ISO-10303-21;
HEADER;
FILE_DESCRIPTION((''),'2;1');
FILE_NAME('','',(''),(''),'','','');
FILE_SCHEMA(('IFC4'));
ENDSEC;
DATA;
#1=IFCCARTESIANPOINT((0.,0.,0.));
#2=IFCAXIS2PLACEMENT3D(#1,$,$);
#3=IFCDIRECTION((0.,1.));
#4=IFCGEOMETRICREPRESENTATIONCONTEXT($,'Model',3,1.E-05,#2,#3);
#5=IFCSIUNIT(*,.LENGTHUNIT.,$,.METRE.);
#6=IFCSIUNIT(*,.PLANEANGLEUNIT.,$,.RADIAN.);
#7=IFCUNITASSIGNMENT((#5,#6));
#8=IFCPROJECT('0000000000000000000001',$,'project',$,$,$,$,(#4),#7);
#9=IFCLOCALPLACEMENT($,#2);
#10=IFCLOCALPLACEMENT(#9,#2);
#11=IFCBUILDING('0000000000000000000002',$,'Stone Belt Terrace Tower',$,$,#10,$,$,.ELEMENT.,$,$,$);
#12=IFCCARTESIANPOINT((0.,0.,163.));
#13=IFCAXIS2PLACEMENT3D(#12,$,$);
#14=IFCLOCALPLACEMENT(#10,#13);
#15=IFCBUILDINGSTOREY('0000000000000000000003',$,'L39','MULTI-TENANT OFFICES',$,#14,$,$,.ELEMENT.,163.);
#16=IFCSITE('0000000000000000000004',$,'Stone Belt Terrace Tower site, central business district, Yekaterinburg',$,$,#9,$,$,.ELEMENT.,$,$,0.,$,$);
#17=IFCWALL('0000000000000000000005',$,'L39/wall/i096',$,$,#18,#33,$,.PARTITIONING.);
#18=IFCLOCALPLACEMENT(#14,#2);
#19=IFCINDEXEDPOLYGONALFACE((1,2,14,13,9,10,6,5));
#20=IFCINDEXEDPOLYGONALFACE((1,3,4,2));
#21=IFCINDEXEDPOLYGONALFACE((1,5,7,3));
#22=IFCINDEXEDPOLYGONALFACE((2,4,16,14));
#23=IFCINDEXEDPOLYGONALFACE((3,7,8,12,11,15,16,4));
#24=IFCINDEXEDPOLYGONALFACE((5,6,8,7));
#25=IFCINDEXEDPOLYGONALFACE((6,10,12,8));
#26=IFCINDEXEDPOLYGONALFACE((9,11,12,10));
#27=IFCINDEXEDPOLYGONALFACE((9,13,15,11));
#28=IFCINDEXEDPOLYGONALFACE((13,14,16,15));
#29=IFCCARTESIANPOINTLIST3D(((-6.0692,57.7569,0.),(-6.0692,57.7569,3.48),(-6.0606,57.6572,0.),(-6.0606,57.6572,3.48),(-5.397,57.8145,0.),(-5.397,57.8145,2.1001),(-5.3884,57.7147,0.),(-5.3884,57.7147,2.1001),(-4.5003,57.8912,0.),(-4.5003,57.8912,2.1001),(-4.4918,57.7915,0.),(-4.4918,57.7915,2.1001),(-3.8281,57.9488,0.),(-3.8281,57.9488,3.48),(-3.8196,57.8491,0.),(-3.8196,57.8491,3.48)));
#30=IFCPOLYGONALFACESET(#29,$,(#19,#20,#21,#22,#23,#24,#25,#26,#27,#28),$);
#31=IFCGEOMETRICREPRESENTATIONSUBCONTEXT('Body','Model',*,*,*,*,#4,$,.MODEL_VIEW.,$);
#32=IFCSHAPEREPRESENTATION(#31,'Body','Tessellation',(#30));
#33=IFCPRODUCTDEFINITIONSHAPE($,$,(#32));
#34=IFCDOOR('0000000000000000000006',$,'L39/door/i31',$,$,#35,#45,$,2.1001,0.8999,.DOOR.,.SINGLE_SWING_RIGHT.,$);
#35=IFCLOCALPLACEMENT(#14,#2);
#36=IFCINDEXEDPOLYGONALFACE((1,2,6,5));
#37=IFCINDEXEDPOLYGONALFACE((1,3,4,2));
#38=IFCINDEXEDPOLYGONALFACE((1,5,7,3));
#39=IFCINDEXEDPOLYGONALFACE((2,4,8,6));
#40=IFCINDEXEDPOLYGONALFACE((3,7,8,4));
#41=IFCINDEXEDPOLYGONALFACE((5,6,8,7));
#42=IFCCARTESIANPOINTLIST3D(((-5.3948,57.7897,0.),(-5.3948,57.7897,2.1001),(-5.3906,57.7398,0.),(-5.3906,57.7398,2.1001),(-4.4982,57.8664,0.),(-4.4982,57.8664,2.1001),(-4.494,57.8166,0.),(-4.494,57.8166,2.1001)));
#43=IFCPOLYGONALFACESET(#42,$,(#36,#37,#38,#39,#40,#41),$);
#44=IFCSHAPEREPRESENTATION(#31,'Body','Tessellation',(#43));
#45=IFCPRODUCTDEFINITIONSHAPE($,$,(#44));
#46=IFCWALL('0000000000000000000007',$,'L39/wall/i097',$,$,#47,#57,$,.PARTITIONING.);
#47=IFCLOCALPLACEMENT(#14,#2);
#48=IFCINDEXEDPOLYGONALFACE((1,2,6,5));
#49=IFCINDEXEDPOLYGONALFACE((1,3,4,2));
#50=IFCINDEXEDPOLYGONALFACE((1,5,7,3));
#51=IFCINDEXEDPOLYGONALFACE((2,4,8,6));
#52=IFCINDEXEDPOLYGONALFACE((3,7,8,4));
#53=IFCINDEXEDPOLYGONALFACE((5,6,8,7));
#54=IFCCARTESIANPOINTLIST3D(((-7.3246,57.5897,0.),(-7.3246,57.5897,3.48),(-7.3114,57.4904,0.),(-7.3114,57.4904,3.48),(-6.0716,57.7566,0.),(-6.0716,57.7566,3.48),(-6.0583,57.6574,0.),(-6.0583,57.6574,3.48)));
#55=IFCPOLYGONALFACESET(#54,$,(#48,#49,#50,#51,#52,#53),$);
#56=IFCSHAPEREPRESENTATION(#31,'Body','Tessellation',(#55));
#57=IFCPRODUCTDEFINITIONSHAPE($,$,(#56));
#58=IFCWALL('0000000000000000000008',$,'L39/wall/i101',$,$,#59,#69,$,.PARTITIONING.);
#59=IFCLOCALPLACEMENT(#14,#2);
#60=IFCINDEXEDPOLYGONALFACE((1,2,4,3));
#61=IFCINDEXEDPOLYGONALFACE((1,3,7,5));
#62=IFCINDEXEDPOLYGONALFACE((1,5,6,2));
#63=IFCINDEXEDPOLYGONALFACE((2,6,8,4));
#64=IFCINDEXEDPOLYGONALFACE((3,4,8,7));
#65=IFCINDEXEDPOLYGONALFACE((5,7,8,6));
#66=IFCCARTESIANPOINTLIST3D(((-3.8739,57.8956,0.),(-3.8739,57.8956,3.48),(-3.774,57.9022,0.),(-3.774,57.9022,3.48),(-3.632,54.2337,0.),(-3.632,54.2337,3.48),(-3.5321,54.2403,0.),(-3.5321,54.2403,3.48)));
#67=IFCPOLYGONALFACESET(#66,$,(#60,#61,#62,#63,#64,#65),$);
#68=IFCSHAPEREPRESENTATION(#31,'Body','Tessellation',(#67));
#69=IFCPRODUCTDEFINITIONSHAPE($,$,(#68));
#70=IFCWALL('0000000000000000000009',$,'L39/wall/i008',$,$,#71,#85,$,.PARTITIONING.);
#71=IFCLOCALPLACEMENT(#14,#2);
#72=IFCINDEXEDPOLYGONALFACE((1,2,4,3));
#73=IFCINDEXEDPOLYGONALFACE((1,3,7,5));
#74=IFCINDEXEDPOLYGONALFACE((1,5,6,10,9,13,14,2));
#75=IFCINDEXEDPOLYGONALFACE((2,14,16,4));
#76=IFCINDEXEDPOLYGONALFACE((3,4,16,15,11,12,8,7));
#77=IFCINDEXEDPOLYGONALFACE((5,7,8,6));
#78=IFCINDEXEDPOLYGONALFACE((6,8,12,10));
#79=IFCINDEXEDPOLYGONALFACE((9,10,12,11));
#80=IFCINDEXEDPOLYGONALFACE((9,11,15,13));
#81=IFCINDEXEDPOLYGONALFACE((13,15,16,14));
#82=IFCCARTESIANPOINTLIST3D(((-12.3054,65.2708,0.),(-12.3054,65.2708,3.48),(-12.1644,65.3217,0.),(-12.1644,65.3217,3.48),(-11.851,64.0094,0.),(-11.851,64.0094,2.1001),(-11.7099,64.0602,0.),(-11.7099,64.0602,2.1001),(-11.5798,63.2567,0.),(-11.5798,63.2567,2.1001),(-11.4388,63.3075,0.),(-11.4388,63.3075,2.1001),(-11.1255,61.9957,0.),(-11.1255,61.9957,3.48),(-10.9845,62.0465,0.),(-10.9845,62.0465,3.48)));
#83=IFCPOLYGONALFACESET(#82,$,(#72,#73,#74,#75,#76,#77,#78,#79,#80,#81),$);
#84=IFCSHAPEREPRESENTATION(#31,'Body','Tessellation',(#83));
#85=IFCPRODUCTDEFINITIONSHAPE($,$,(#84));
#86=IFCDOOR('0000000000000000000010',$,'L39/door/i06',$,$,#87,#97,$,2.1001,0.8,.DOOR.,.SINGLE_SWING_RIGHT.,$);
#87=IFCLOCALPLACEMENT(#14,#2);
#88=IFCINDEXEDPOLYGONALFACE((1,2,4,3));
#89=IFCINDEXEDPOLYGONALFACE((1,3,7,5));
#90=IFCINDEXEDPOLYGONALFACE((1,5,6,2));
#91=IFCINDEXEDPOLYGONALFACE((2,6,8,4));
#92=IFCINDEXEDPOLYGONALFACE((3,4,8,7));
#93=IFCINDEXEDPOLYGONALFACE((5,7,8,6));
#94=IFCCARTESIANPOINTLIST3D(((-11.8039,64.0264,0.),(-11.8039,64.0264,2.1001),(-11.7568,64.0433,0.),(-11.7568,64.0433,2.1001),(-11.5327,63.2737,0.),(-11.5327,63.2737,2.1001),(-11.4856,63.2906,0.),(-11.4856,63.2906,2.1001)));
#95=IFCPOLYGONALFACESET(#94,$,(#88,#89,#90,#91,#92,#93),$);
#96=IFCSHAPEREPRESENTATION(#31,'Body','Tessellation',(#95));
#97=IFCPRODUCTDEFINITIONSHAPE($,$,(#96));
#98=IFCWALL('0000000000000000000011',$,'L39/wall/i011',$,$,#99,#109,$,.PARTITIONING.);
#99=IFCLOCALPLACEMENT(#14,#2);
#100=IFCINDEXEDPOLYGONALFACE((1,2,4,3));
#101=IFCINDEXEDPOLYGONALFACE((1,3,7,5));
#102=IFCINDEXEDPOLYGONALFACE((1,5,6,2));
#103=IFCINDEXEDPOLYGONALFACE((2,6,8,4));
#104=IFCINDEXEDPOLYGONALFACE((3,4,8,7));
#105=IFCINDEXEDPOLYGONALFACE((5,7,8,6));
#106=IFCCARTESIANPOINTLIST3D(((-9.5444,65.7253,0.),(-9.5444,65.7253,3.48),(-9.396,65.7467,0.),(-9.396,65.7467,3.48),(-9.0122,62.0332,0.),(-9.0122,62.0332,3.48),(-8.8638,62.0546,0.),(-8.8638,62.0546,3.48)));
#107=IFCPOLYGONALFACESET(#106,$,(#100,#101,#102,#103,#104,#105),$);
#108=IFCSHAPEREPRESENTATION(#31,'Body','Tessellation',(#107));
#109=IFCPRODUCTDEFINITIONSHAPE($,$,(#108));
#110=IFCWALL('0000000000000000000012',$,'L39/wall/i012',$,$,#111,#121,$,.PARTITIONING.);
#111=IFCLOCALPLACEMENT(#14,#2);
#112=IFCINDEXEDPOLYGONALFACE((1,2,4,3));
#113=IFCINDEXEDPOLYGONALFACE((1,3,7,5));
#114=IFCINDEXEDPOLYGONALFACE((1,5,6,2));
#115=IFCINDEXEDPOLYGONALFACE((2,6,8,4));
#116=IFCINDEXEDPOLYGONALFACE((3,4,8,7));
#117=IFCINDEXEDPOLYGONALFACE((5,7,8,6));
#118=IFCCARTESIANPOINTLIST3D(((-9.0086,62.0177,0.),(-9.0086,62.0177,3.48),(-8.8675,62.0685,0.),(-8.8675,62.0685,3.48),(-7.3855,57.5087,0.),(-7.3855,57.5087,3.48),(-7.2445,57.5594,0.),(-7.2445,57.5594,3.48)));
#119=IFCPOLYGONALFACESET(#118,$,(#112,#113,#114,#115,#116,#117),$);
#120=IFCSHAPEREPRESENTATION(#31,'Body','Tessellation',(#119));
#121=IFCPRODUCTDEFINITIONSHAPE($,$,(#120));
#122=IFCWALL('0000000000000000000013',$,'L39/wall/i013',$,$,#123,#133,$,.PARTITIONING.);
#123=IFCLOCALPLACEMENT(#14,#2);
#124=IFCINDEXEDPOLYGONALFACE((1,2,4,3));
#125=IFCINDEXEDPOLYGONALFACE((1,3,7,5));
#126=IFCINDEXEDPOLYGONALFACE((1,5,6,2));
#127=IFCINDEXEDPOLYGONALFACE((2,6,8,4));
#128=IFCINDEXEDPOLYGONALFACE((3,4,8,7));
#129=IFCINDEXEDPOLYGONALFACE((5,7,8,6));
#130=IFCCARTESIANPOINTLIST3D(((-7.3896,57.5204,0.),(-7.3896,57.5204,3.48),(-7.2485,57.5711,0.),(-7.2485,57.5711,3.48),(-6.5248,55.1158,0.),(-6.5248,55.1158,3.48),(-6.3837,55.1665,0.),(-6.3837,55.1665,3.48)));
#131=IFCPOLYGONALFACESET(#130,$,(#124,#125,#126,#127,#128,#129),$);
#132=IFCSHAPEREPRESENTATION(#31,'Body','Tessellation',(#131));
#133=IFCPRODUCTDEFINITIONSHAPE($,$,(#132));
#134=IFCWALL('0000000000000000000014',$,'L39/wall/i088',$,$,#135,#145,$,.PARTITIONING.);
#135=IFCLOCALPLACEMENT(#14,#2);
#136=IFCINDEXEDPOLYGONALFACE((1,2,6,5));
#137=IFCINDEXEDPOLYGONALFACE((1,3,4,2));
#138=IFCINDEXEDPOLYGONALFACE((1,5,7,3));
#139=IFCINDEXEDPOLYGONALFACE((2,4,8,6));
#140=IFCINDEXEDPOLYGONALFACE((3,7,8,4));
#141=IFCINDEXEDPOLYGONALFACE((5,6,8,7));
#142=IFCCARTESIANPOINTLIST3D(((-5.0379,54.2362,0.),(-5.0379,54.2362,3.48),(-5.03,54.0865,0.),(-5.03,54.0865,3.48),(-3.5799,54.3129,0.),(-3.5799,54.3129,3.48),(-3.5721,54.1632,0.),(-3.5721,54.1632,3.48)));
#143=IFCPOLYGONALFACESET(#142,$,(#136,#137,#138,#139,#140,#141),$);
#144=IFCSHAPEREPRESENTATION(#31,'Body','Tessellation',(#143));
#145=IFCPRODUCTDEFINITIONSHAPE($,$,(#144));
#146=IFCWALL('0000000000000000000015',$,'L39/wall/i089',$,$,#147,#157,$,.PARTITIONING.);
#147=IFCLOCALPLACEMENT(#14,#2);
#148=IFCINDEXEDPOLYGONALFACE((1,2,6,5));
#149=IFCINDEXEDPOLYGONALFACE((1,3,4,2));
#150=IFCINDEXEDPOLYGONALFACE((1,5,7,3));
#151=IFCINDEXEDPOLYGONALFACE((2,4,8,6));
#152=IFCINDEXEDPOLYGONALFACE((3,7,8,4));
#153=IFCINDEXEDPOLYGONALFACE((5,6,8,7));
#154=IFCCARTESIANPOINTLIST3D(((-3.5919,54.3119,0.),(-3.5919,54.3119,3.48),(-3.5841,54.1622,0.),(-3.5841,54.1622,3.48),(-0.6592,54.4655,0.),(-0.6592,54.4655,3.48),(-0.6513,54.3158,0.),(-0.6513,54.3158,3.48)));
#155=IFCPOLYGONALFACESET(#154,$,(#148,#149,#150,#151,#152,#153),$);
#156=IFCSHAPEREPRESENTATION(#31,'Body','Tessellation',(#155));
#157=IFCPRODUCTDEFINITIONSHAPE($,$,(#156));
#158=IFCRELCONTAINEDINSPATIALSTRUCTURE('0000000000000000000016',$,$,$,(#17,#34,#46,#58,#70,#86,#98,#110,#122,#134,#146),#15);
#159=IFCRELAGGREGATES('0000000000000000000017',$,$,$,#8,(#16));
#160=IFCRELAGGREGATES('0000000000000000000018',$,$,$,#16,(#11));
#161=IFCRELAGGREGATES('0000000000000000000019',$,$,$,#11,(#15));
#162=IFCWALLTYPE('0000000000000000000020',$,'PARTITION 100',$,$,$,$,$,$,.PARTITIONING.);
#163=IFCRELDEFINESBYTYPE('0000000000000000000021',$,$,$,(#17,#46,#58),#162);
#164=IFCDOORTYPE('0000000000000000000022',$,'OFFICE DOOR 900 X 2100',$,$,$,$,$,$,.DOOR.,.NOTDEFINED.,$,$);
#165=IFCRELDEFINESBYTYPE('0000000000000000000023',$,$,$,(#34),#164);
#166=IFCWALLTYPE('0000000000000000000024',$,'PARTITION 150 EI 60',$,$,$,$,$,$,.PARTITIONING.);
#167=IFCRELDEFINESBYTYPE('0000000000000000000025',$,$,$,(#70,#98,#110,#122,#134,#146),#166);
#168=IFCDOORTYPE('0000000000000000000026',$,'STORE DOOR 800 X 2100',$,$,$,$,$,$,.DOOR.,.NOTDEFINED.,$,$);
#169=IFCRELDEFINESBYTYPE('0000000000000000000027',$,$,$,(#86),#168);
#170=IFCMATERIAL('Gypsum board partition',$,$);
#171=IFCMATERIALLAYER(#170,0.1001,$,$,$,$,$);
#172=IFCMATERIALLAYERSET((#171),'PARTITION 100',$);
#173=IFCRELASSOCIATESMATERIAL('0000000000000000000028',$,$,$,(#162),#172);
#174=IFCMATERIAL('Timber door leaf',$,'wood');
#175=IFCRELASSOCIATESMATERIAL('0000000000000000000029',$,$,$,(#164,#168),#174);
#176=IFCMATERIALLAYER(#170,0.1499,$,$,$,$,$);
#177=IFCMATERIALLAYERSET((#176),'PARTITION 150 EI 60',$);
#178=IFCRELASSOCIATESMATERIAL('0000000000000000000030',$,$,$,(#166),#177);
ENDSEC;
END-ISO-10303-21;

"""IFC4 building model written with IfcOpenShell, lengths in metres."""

from ifc_helpers import new_model, si_unit, direction, frame, frame_2d, origin, place, context, subcontext, project, spatial, rectangle, extrude, material, layer, layer_set, type_object, element, fill, save


model = new_model("IFC4")

# Units and contexts
model_context = context("Model", 3, precision=1e-05, world=origin(), true_north=direction((0.0, 1.0)))
body_context = subcontext(model_context, "Body", "Model", "MODEL_VIEW")
ifc_project = project(units=[si_unit("LENGTHUNIT", "METRE"), si_unit("PLANEANGLEUNIT", "RADIAN")], contexts=[model_context])

# Site, building, storey
site_placement = place(None, origin())
site = spatial("IfcSite", under=ifc_project, at=site_placement, Name="Stone Belt Terrace Tower site, central business district, Yekaterinburg", CompositionType="ELEMENT", RefElevation=0.0)
building_placement = place(site_placement, origin())
building = spatial("IfcBuilding", under=site, at=building_placement, Name="Stone Belt Terrace Tower", CompositionType="ELEMENT")
storey_placement = place(building_placement, frame((0.0, 0.0, 163.0)))
storey = spatial("IfcBuildingStorey", under=building, at=storey_placement, Name="L39", Description="MULTI-TENANT OFFICES", CompositionType="ELEMENT", Elevation=163.0)

# Shared definitions
ifc_material_1 = material(Name="Timber door leaf", Category="wood")

# Wall, opening, door
ifc_material_2 = material(Name="Gypsum board partition")
ifc_layer_1 = layer(ifc_material_2, 0.1001)
ifc_layer_set_1 = layer_set([ifc_layer_1], Name="PARTITION 100")
wall_type_1 = type_object("IfcWallType", Name="PARTITION 100", PredefinedType="PARTITIONING", material=ifc_layer_set_1)
wall_1_placement = place(storey_placement, frame((-3.824, 57.8989, 0.0), z_axis=(0.0, 0.0, 1.0), x_axis=(-0.996354, -0.085318, 0.0)))
wall_1 = element("IfcWall", 1, at=wall_1_placement, inside=storey, type_object=wall_type_1, Name="L39/wall/i096", PredefinedType="PARTITIONING", context=body_context, shape_type="SweptSolid", body=[
    extrude(rectangle(XDim=2.2493, YDim=0.1001, at=frame_2d((1.1245, 0.0))), origin(), (0.0, 0.0, 1.0), 3.48),
])
opening_1_placement = place(wall_1_placement, frame((0.6746, 0.0, 0.0)))
opening_1 = element("IfcOpeningElement", 2, at=opening_1_placement, cuts=wall_1, PredefinedType="OPENING", context=body_context, shape_type="SweptSolid", body=[
    extrude(rectangle(XDim=0.8999, YDim=2.1001, at=frame_2d((0.45, 1.05))), frame((0.0, 0.0601, 0.0), z_axis=(0.0, -1.0, 0.0), x_axis=(1.0, 0.0, 0.0)), (0.0, 0.0, 1.0), 0.1201),
])
door_type_1 = type_object("IfcDoorType", Name="OFFICE DOOR 900 X 2100", OperationType="NOTDEFINED", PredefinedType="DOOR", material=ifc_material_1)
door_1_placement = place(opening_1_placement, origin())
door_1 = element("IfcDoor", 3, at=door_1_placement, inside=storey, type_object=door_type_1, Name="L39/door/i31", OperationType="SINGLE_SWING_RIGHT", OverallHeight=2.1001, OverallWidth=0.8999, PredefinedType="DOOR", context=body_context, shape_type="SweptSolid", body=[
    extrude(rectangle(XDim=0.8999, YDim=2.1001, at=frame_2d((0.45, 1.05))), frame((0.0, 0.0249, 0.0), z_axis=(0.0, -1.0, 0.0), x_axis=(1.0, 0.0, 0.0)), (0.0, 0.0, 1.0), 0.05),
])
fill(opening_1, door_1)

# Walls
wall_2_placement = place(storey_placement, frame((-6.0649, 57.707, 0.0), z_axis=(0.0, 0.0, 1.0), x_axis=(-0.991238, -0.132088, 0.0)))
element("IfcWall", 4, at=wall_2_placement, inside=storey, type_object=wall_type_1, Name="L39/wall/i097", PredefinedType="PARTITIONING", context=body_context, shape_type="SweptSolid", body=[
    extrude(rectangle(XDim=1.2642, YDim=0.1001, at=frame_2d((0.6321, 0.0))), origin(), (0.0, 0.0, 1.0), 3.48),
])
wall_3_placement = place(storey_placement, frame((-3.824, 57.8989, 0.0), z_axis=(0.0, 0.0, 1.0), x_axis=(0.065927, -0.997824, 0.0)))
element("IfcWall", 5, at=wall_3_placement, inside=storey, type_object=wall_type_1, Name="L39/wall/i101", PredefinedType="PARTITIONING", context=body_context, shape_type="SweptSolid", body=[
    extrude(rectangle(XDim=3.6699, YDim=0.1001, at=frame_2d((1.835, 0.0))), origin(), (0.0, 0.0, 1.0), 3.48),
])

# Wall, opening, door
ifc_layer_2 = layer(ifc_material_2, 0.1499)
ifc_layer_set_2 = layer_set([ifc_layer_2], Name="PARTITION 150 EI 60")
wall_type_2 = type_object("IfcWallType", Name="PARTITION 150 EI 60", PredefinedType="PARTITIONING", material=ifc_layer_set_2)
wall_4_placement = place(storey_placement, frame((-11.0549, 62.021, 0.0), z_axis=(0.0, 0.0, 1.0), x_axis=(-0.338943, 0.940807, 0.0)))
wall_4 = element("IfcWall", 6, at=wall_4_placement, inside=storey, type_object=wall_type_2, Name="L39/wall/i008", PredefinedType="PARTITIONING", context=body_context, shape_type="SweptSolid", body=[
    extrude(rectangle(XDim=3.4812, YDim=0.1499, at=frame_2d((1.7407, 0.0))), origin(), (0.0, 0.0, 1.0), 3.48),
])
opening_2_placement = place(wall_4_placement, frame((1.3406, 0.0, 0.0)))
opening_2 = element("IfcOpeningElement", 7, at=opening_2_placement, cuts=wall_4, PredefinedType="OPENING", context=body_context, shape_type="SweptSolid", body=[
    extrude(rectangle(XDim=0.8, YDim=2.1001, at=frame_2d((0.3999, 1.05))), frame((0.0, 0.085, 0.0), z_axis=(0.0, -1.0, 0.0), x_axis=(1.0, 0.0, 0.0)), (0.0, 0.0, 1.0), 0.1699),
])
door_type_2 = type_object("IfcDoorType", Name="STORE DOOR 800 X 2100", OperationType="NOTDEFINED", PredefinedType="DOOR", material=ifc_material_1)
door_2_placement = place(opening_2_placement, origin())
door_2 = element("IfcDoor", 8, at=door_2_placement, inside=storey, type_object=door_type_2, Name="L39/door/i06", OperationType="SINGLE_SWING_RIGHT", OverallHeight=2.1001, OverallWidth=0.8, PredefinedType="DOOR", context=body_context, shape_type="SweptSolid", body=[
    extrude(rectangle(XDim=0.8, YDim=2.1001, at=frame_2d((0.3999, 1.05))), frame((0.0, 0.0249, 0.0), z_axis=(0.0, -1.0, 0.0), x_axis=(1.0, 0.0, 0.0)), (0.0, 0.0, 1.0), 0.05),
])
fill(opening_2, door_2)

# Walls
wall_5_placement = place(storey_placement, frame((-9.4702, 65.7361, 0.0), z_axis=(0.0, 0.0, 1.0), x_axis=(0.142677, -0.989769, 0.0)))
element("IfcWall", 9, at=wall_5_placement, inside=storey, type_object=wall_type_2, Name="L39/wall/i011", PredefinedType="PARTITIONING", context=body_context, shape_type="SweptSolid", body=[
    extrude(rectangle(XDim=3.7302, YDim=0.1499, at=frame_2d((1.8652, 0.0))), origin(), (0.0, 0.0, 1.0), 3.48),
])
wall_6_placement = place(storey_placement, frame((-8.938, 62.043, 0.0), z_axis=(0.0, 0.0, 1.0), x_axis=(0.338682, -0.940901, 0.0)))
element("IfcWall", 10, at=wall_6_placement, inside=storey, type_object=wall_type_2, Name="L39/wall/i012", PredefinedType="PARTITIONING", context=body_context, shape_type="SweptSolid", body=[
    extrude(rectangle(XDim=4.7922, YDim=0.1499, at=frame_2d((2.396, 0.0))), origin(), (0.0, 0.0, 1.0), 3.48),
])
wall_7_placement = place(storey_placement, frame((-7.3191, 57.5459, 0.0), z_axis=(0.0, 0.0, 1.0), x_axis=(0.338412, -0.940998, 0.0)))
element("IfcWall", 11, at=wall_7_placement, inside=storey, type_object=wall_type_2, Name="L39/wall/i013", PredefinedType="PARTITIONING", context=body_context, shape_type="SweptSolid", body=[
    extrude(rectangle(XDim=2.5554, YDim=0.1499, at=frame_2d((1.2778, 0.0))), origin(), (0.0, 0.0, 1.0), 3.48),
])
wall_8_placement = place(storey_placement, frame((-5.0339, 54.1614, 0.0), z_axis=(0.0, 0.0, 1.0), x_axis=(0.998621, 0.052506, 0.0)))
element("IfcWall", 12, at=wall_8_placement, inside=storey, type_object=wall_type_2, Name="L39/wall/i088", PredefinedType="PARTITIONING", context=body_context, shape_type="SweptSolid", body=[
    extrude(rectangle(XDim=1.46, YDim=0.1499, at=frame_2d((0.73, 0.0))), origin(), (0.0, 0.0, 1.0), 3.48),
])
wall_9_placement = place(storey_placement, frame((-3.5879, 54.2371, 0.0), z_axis=(0.0, 0.0, 1.0), x_axis=(0.998632, 0.052288, 0.0)))
element("IfcWall", 13, at=wall_9_placement, inside=storey, type_object=wall_type_2, Name="L39/wall/i089", PredefinedType="PARTITIONING", context=body_context, shape_type="SweptSolid", body=[
    extrude(rectangle(XDim=2.9368, YDim=0.1499, at=frame_2d((1.4683, 0.0))), origin(), (0.0, 0.0, 1.0), 3.48),
])

save(model, "model.ifc")
